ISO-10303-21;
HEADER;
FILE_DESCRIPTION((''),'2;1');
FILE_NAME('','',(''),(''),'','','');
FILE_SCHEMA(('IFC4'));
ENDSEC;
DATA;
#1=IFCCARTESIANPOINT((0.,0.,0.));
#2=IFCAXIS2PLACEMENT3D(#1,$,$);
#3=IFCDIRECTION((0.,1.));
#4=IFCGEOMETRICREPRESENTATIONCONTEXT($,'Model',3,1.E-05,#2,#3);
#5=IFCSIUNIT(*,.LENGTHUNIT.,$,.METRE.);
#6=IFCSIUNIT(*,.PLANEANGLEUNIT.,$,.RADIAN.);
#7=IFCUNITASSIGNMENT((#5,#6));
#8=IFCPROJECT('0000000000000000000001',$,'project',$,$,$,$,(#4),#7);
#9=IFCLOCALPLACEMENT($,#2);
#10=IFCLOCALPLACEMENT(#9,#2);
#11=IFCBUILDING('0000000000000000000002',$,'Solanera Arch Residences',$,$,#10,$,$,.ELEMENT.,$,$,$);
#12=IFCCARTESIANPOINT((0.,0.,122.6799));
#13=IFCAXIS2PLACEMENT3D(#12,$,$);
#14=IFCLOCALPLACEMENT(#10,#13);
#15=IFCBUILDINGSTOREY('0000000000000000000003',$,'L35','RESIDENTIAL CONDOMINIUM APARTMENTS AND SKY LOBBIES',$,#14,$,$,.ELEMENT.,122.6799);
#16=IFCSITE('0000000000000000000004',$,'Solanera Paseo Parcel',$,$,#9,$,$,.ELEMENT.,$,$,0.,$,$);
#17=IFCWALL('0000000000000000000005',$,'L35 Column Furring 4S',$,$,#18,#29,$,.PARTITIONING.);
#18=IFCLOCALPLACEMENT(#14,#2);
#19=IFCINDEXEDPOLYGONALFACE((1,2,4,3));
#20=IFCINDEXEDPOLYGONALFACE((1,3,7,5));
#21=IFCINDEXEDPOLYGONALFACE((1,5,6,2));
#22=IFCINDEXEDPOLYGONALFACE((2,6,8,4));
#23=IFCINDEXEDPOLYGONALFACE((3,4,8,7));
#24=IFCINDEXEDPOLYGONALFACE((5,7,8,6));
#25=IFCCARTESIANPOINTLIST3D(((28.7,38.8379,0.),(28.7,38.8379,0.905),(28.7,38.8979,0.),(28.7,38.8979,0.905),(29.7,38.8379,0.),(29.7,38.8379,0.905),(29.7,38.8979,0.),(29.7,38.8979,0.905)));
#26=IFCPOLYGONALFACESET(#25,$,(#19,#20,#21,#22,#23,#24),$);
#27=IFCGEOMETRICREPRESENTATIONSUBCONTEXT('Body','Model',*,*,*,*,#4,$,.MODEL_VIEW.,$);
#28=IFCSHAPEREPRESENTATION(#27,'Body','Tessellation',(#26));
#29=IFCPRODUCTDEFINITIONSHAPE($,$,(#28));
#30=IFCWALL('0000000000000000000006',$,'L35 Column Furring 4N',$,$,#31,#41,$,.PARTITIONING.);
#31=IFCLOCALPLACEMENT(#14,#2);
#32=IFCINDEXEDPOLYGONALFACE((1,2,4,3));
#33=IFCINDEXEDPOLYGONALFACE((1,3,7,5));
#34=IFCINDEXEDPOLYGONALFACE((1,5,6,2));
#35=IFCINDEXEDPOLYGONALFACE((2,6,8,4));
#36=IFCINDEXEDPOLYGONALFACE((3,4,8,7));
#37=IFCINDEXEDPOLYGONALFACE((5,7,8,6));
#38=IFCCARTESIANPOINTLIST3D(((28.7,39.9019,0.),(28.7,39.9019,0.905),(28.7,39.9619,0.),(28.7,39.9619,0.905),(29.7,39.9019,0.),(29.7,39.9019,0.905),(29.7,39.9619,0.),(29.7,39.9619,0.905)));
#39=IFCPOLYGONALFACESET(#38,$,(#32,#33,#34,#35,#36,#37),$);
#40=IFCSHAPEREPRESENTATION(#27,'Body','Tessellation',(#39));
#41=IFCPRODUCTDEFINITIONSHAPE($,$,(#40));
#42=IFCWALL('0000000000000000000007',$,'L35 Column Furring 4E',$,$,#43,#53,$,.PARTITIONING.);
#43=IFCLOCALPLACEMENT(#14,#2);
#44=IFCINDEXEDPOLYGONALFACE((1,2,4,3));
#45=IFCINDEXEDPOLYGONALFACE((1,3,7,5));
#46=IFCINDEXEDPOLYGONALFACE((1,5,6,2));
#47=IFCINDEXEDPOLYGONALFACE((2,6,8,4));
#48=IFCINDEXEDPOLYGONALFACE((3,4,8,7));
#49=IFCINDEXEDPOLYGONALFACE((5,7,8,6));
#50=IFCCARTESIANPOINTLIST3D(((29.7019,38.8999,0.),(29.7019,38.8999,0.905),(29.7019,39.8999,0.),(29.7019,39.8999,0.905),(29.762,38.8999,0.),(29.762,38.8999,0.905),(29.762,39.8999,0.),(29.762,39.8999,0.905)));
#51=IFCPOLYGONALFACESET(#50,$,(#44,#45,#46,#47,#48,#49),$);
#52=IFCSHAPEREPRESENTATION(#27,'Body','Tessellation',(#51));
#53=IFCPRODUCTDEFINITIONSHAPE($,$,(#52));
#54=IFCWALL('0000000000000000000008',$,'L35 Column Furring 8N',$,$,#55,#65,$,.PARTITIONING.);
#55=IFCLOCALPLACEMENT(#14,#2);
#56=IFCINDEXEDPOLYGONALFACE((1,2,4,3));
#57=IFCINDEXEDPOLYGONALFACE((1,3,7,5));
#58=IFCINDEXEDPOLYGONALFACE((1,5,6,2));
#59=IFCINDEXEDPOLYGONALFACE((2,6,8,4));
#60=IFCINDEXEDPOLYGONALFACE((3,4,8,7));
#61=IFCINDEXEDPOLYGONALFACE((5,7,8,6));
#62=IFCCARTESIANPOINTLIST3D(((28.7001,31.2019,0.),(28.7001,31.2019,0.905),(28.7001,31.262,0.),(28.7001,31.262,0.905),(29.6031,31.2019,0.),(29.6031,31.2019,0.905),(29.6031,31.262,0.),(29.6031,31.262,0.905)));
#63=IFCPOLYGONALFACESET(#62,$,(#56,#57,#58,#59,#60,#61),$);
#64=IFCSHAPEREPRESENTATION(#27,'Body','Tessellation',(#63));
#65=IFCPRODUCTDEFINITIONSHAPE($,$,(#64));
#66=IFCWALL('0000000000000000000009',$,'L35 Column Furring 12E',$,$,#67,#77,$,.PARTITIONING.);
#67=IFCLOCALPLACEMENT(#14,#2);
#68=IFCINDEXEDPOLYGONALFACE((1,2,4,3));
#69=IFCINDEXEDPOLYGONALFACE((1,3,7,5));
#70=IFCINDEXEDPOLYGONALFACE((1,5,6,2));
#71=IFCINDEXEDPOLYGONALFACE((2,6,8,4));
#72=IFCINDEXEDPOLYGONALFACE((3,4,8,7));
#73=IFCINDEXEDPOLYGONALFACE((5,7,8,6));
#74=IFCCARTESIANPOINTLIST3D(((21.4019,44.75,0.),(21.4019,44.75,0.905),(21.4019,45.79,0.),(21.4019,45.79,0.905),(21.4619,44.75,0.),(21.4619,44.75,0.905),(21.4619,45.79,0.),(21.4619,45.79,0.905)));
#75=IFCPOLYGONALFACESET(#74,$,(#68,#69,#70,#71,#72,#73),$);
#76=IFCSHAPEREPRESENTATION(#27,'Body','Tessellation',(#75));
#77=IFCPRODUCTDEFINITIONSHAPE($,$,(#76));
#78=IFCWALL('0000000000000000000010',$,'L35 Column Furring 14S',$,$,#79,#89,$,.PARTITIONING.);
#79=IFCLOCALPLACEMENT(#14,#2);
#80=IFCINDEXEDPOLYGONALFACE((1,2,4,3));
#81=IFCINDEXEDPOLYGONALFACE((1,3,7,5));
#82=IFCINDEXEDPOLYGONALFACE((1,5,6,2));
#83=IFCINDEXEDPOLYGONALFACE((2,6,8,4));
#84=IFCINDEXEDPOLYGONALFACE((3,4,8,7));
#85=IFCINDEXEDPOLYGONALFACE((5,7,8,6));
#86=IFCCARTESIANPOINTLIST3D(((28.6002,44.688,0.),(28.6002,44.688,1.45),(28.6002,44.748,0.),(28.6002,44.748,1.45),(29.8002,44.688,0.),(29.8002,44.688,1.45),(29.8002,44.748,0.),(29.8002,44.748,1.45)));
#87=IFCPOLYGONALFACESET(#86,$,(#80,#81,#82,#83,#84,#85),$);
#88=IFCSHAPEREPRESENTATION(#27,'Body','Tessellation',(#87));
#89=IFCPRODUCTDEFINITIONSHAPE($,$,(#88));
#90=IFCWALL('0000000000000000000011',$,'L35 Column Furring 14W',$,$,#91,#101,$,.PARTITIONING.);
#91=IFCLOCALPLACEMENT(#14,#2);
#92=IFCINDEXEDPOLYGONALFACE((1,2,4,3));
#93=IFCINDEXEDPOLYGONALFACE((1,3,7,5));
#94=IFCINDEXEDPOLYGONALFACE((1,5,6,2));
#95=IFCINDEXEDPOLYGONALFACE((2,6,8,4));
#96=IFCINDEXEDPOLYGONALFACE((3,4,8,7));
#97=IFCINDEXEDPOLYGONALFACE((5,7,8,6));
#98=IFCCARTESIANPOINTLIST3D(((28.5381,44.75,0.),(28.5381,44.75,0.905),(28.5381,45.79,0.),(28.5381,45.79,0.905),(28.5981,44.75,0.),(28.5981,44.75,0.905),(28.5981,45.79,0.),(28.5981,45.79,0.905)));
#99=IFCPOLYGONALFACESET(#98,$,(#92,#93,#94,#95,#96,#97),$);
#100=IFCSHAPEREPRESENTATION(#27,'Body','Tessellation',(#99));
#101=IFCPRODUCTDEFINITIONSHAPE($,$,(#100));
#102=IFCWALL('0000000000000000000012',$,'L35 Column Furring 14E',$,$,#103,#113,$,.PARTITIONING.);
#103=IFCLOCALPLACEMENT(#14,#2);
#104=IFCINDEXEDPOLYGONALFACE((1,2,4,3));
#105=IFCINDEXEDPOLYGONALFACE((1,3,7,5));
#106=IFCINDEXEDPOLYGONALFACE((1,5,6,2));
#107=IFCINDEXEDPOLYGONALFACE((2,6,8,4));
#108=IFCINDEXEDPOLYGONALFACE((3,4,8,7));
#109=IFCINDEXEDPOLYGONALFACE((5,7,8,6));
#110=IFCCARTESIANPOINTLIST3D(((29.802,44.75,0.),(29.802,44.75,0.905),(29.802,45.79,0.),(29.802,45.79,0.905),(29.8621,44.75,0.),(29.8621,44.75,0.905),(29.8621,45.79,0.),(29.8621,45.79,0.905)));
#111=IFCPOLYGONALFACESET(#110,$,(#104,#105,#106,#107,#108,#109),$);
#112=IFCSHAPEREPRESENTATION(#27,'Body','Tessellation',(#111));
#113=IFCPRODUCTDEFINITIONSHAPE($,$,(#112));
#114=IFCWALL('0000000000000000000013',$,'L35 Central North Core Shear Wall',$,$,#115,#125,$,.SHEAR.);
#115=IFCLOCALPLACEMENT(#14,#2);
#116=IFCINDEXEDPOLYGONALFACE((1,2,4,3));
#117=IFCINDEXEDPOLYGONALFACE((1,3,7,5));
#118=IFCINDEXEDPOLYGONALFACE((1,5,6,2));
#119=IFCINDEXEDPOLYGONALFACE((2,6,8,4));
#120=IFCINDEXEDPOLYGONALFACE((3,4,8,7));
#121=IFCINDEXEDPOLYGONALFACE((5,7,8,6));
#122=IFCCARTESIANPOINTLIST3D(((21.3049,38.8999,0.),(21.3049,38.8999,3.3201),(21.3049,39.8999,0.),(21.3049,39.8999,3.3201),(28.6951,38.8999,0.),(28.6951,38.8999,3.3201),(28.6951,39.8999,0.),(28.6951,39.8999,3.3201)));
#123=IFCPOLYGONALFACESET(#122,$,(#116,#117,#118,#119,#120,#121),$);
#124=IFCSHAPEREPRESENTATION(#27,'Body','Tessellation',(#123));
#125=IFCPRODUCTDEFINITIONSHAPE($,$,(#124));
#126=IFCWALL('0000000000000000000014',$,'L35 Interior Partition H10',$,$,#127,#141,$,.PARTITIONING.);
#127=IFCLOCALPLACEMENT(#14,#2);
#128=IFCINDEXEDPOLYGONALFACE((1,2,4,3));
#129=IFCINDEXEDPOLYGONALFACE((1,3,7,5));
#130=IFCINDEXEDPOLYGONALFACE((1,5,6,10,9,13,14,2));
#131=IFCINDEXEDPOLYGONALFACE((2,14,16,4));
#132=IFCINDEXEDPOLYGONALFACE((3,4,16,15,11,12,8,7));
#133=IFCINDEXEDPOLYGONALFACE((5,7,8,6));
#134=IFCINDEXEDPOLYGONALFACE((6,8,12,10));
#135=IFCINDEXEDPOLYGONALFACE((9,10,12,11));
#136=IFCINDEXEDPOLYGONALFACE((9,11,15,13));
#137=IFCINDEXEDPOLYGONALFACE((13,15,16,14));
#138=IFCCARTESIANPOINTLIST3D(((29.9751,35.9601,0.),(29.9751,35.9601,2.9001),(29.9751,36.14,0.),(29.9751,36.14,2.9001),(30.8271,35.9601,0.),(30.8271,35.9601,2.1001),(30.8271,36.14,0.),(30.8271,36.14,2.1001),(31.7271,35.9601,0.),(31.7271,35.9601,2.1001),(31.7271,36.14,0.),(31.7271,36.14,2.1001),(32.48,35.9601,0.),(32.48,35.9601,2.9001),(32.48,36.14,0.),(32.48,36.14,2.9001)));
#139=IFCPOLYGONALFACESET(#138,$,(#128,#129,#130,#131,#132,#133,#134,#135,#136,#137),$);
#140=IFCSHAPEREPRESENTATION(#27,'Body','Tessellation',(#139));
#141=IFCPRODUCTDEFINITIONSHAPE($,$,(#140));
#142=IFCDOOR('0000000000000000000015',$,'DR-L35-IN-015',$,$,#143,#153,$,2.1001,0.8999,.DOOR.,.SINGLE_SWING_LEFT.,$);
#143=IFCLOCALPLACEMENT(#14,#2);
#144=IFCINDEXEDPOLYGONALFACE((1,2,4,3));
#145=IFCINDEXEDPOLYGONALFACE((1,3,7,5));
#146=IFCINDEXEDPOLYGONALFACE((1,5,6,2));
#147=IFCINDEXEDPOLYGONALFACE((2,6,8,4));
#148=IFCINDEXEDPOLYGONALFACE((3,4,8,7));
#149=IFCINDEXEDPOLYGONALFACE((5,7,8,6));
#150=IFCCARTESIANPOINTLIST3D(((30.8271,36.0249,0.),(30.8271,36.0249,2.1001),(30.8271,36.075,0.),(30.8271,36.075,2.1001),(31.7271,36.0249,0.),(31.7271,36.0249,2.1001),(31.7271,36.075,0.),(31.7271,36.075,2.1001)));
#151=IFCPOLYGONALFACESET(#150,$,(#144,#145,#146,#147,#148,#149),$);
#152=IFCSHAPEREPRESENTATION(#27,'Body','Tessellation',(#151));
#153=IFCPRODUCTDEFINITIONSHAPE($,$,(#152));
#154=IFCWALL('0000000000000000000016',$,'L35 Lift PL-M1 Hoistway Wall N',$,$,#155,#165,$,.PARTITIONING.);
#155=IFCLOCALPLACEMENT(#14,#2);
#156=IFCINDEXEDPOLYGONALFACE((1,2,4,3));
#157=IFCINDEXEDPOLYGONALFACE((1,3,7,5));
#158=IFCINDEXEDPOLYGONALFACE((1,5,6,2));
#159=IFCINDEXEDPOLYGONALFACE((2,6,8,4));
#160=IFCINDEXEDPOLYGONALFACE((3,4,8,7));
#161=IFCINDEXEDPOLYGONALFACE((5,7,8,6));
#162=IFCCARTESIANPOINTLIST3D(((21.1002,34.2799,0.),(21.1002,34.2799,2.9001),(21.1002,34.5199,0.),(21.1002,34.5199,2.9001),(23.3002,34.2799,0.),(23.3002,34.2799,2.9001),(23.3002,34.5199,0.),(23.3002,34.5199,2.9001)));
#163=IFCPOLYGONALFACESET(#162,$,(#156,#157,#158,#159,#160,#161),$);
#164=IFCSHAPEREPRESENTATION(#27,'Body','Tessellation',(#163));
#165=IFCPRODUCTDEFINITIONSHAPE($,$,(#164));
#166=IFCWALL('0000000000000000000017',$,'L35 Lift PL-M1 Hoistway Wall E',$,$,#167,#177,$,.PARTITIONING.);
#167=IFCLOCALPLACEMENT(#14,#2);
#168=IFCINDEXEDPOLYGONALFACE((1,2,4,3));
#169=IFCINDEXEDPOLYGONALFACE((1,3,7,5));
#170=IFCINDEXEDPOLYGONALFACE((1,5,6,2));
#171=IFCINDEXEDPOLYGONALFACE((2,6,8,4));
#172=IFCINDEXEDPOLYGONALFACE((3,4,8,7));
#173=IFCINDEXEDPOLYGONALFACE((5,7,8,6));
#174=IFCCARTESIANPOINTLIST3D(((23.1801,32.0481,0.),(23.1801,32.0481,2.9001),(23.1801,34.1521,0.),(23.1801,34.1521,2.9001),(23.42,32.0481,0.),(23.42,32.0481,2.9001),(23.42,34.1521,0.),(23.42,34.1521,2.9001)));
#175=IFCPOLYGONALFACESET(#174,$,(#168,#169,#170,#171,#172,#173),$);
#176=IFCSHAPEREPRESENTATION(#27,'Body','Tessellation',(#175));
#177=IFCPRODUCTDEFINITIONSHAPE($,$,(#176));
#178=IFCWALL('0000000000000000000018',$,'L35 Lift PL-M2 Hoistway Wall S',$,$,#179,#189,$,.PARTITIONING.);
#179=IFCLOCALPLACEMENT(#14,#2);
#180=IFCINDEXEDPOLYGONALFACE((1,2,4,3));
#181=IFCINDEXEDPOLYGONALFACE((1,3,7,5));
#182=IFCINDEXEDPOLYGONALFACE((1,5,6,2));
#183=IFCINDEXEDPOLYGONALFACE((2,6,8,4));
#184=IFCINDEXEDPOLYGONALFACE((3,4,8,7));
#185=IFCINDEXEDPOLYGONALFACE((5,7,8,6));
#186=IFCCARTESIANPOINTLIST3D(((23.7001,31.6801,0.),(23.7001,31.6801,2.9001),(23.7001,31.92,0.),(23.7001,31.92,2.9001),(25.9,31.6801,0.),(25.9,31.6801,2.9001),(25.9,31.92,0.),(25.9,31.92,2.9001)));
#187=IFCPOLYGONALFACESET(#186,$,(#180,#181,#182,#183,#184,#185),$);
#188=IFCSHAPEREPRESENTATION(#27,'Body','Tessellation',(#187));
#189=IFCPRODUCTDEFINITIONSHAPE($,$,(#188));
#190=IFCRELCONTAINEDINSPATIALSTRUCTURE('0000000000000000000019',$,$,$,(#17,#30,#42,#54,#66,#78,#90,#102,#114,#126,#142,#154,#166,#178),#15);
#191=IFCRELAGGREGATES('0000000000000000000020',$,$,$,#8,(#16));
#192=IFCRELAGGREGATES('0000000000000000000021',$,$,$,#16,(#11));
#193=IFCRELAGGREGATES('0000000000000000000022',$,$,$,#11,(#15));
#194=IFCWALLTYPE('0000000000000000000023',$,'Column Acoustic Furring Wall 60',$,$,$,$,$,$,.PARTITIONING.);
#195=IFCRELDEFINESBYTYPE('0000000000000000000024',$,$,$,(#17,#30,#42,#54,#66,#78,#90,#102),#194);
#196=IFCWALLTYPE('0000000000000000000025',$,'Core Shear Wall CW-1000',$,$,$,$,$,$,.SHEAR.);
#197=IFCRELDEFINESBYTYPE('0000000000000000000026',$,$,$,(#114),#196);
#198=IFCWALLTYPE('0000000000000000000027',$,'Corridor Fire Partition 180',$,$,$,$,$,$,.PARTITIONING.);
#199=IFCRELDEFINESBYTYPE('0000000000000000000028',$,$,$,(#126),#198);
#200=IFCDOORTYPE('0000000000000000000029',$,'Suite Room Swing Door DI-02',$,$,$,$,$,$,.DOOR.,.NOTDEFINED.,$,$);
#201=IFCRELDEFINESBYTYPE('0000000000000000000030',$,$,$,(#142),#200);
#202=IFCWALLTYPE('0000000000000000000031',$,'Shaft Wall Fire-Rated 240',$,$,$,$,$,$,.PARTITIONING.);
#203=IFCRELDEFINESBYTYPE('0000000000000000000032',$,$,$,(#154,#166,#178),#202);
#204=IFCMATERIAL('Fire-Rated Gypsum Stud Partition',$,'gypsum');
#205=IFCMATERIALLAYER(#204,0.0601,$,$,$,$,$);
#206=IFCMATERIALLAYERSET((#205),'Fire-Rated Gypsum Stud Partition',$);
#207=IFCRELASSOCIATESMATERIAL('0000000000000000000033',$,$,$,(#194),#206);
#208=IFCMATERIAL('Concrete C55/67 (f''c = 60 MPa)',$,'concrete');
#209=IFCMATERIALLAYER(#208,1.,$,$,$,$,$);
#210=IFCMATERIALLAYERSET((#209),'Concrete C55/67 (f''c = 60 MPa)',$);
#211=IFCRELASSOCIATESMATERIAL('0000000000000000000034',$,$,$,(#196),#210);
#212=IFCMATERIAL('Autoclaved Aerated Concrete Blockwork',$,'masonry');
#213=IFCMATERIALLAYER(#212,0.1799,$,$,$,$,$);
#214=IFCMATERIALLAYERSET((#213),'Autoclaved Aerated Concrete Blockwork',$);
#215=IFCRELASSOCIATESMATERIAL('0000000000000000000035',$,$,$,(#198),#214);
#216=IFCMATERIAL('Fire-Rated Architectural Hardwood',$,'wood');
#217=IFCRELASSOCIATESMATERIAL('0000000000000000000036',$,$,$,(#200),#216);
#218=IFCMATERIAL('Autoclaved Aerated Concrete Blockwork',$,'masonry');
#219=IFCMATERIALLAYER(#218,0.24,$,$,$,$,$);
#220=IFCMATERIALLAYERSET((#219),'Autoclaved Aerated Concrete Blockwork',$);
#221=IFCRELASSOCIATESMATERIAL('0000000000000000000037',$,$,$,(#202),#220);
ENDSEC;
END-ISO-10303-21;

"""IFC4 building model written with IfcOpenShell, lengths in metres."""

from ifc_helpers import new_model, si_unit, direction, frame, frame_2d, origin, place, context, subcontext, project, spatial, rectangle, extrude, material, layer, layer_set, type_object, element, fill, save


model = new_model("IFC4")

# Units and contexts
model_context = context("Model", 3, precision=1e-05, world=origin(), true_north=direction((0.0, 1.0)))
body_context = subcontext(model_context, "Body", "Model", "MODEL_VIEW")
ifc_project = project(units=[si_unit("LENGTHUNIT", "METRE"), si_unit("PLANEANGLEUNIT", "RADIAN")], contexts=[model_context])

# Site, building, storey
site_placement = place(None, origin())
site = spatial("IfcSite", under=ifc_project, at=site_placement, Name="Solanera Paseo Parcel", CompositionType="ELEMENT", RefElevation=0.0)
building_placement = place(site_placement, origin())
building = spatial("IfcBuilding", under=site, at=building_placement, Name="Solanera Arch Residences", CompositionType="ELEMENT")
storey_placement = place(building_placement, frame((0.0, 0.0, 122.6799)))
storey = spatial("IfcBuildingStorey", under=building, at=storey_placement, Name="L35", Description="RESIDENTIAL CONDOMINIUM APARTMENTS AND SKY LOBBIES", CompositionType="ELEMENT", Elevation=122.6799)

# Walls
ifc_material_1 = material(Name="Fire-Rated Gypsum Stud Partition", Category="gypsum")
ifc_layer_1 = layer(ifc_material_1, 0.0601)
ifc_layer_set_1 = layer_set([ifc_layer_1], Name="Fire-Rated Gypsum Stud Partition")
wall_type_1 = type_object("IfcWallType", Name="Column Acoustic Furring Wall 60", PredefinedType="PARTITIONING", material=ifc_layer_set_1)
for number, where, z_axis, x_axis, name in (
    (1, (28.7, 38.8679, 0.0), (0.0, 0.0, 1.0), (1.0, 0.0, 0.0), "L35 Column Furring 4S"),
    (2, (28.7, 39.9319, 0.0), (0.0, 0.0, 1.0), (1.0, 0.0, 0.0), "L35 Column Furring 4N"),
    (3, (29.7319, 38.8999, 0.0), (0.0, 0.0, 1.0), (0.0, 1.0, 0.0), "L35 Column Furring 4E"),
):
    element("IfcWall", number, at=place(storey_placement, frame(where, z_axis=z_axis, x_axis=x_axis)), inside=storey, type_object=wall_type_1, Name=name, PredefinedType="PARTITIONING", context=body_context, shape_type="SweptSolid", body=[
        extrude(rectangle(XDim=1.0, YDim=0.0601, at=frame_2d((0.5, 0.0))), origin(), (0.0, 0.0, 1.0), 0.905),
    ])
wall_1_placement = place(storey_placement, frame((28.7, 31.2319, 0.0), z_axis=(0.0, 0.0, 1.0), x_axis=(1.0, 0.0, 0.0)))
element("IfcWall", 4, at=wall_1_placement, inside=storey, type_object=wall_type_1, Name="L35 Column Furring 8N", PredefinedType="PARTITIONING", context=body_context, shape_type="SweptSolid", body=[
    extrude(rectangle(XDim=0.9031, YDim=0.0601, at=frame_2d((0.4517, 0.0))), origin(), (0.0, 0.0, 1.0), 0.905),
])
wall_2_placement = place(storey_placement, frame((21.4319, 44.75, 0.0), z_axis=(0.0, 0.0, 1.0), x_axis=(0.0, 1.0, 0.0)))
element("IfcWall", 5, at=wall_2_placement, inside=storey, type_object=wall_type_1, Name="L35 Column Furring 12E", PredefinedType="PARTITIONING", context=body_context, shape_type="SweptSolid", body=[
    extrude(rectangle(XDim=1.04, YDim=0.0601, at=frame_2d((0.52, 0.0))), origin(), (0.0, 0.0, 1.0), 0.905),
])
wall_3_placement = place(storey_placement, frame((28.6001, 44.718, 0.0), z_axis=(0.0, 0.0, 1.0), x_axis=(1.0, 0.0, 0.0)))
element("IfcWall", 6, at=wall_3_placement, inside=storey, type_object=wall_type_1, Name="L35 Column Furring 14S", PredefinedType="PARTITIONING", context=body_context, shape_type="SweptSolid", body=[
    extrude(rectangle(XDim=1.2, YDim=0.0601, at=frame_2d((0.6001, 0.0))), origin(), (0.0, 0.0, 1.0), 1.45),
])
for number, where, z_axis, x_axis, name in (
    (7, (28.5681, 44.75, 0.0), (0.0, 0.0, 1.0), (0.0, 1.0, 0.0), "L35 Column Furring 14W"),
    (8, (29.832, 44.75, 0.0), (0.0, 0.0, 1.0), (0.0, 1.0, 0.0), "L35 Column Furring 14E"),
):
    element("IfcWall", number, at=place(storey_placement, frame(where, z_axis=z_axis, x_axis=x_axis)), inside=storey, type_object=wall_type_1, Name=name, PredefinedType="PARTITIONING", context=body_context, shape_type="SweptSolid", body=[
        extrude(rectangle(XDim=1.04, YDim=0.0601, at=frame_2d((0.52, 0.0))), origin(), (0.0, 0.0, 1.0), 0.905),
    ])
ifc_material_2 = material(Name="Concrete C55/67 (f'c = 60 MPa)", Category="concrete")
ifc_layer_2 = layer(ifc_material_2, 1.0)
ifc_layer_set_2 = layer_set([ifc_layer_2], Name="Concrete C55/67 (f'c = 60 MPa)")
wall_type_2 = type_object("IfcWallType", Name="Core Shear Wall CW-1000", PredefinedType="SHEAR", material=ifc_layer_set_2)
wall_4_placement = place(storey_placement, frame((21.3049, 39.3999, 0.0), z_axis=(0.0, 0.0, 1.0), x_axis=(1.0, 0.0, 0.0)))
element("IfcWall", 9, at=wall_4_placement, inside=storey, type_object=wall_type_2, Name="L35 Central North Core Shear Wall", PredefinedType="SHEAR", context=body_context, shape_type="SweptSolid", body=[
    extrude(rectangle(XDim=7.3901, YDim=1.0, at=frame_2d((3.6951, 0.0))), origin(), (0.0, 0.0, 1.0), 3.3201),
])

# Wall, opening, door
ifc_material_3 = material(Name="Autoclaved Aerated Concrete Blockwork", Category="masonry")
ifc_layer_3 = layer(ifc_material_3, 0.1799)
ifc_layer_set_3 = layer_set([ifc_layer_3], Name="Autoclaved Aerated Concrete Blockwork")
wall_type_3 = type_object("IfcWallType", Name="Corridor Fire Partition 180", PredefinedType="PARTITIONING", material=ifc_layer_set_3)
wall_5_placement = place(storey_placement, frame((29.9751, 36.05, 0.0), z_axis=(0.0, 0.0, 1.0), x_axis=(1.0, 0.0, 0.0)))
wall_5 = element("IfcWall", 10, at=wall_5_placement, inside=storey, type_object=wall_type_3, Name="L35 Interior Partition H10", PredefinedType="PARTITIONING", context=body_context, shape_type="SweptSolid", body=[
    extrude(rectangle(XDim=2.5049, YDim=0.1799, at=frame_2d((1.2524, 0.0))), origin(), (0.0, 0.0, 1.0), 2.9001),
])
opening_1_placement = place(wall_5_placement, frame((0.8521, 0.0, 0.0)))
opening_1 = element("IfcOpeningElement", 11, at=opening_1_placement, cuts=wall_5, PredefinedType="OPENING", context=body_context, shape_type="SweptSolid", body=[
    extrude(rectangle(XDim=0.8999, YDim=2.1001, at=frame_2d((0.45, 1.05))), frame((0.0, 0.1001, 0.0), z_axis=(0.0, -1.0, 0.0), x_axis=(1.0, 0.0, 0.0)), (0.0, 0.0, 1.0), 0.1999),
])
ifc_material_4 = material(Name="Fire-Rated Architectural Hardwood", Category="wood")
door_type_1 = type_object("IfcDoorType", Name="Suite Room Swing Door DI-02", OperationType="NOTDEFINED", PredefinedType="DOOR", material=ifc_material_4)
door_1_placement = place(opening_1_placement, origin())
door_1 = element("IfcDoor", 12, at=door_1_placement, inside=storey, type_object=door_type_1, Name="DR-L35-IN-015", OperationType="SINGLE_SWING_LEFT", OverallHeight=2.1001, OverallWidth=0.8999, PredefinedType="DOOR", context=body_context, shape_type="SweptSolid", body=[
    extrude(rectangle(XDim=0.8999, YDim=2.1001, at=frame_2d((0.45, 1.05))), frame((0.0, 0.0249, 0.0), z_axis=(0.0, -1.0, 0.0), x_axis=(1.0, 0.0, 0.0)), (0.0, 0.0, 1.0), 0.05),
])
fill(opening_1, door_1)

# Walls
ifc_material_5 = material(Name="Autoclaved Aerated Concrete Blockwork", Category="masonry")
ifc_layer_4 = layer(ifc_material_5, 0.24)
ifc_layer_set_4 = layer_set([ifc_layer_4], Name="Autoclaved Aerated Concrete Blockwork")
wall_type_4 = type_object("IfcWallType", Name="Shaft Wall Fire-Rated 240", PredefinedType="PARTITIONING", material=ifc_layer_set_4)
wall_6_placement = place(storey_placement, frame((21.1001, 34.3999, 0.0), z_axis=(0.0, 0.0, 1.0), x_axis=(1.0, 0.0, 0.0)))
element("IfcWall", 13, at=wall_6_placement, inside=storey, type_object=wall_type_4, Name="L35 Lift PL-M1 Hoistway Wall N", PredefinedType="PARTITIONING", context=body_context, shape_type="SweptSolid", body=[
    extrude(rectangle(XDim=2.2, YDim=0.24, at=frame_2d((1.1001, 0.0))), origin(), (0.0, 0.0, 1.0), 2.9001),
])
wall_7_placement = place(storey_placement, frame((23.3, 32.0481, 0.0), z_axis=(0.0, 0.0, 1.0), x_axis=(0.0, 1.0, 0.0)))
element("IfcWall", 14, at=wall_7_placement, inside=storey, type_object=wall_type_4, Name="L35 Lift PL-M1 Hoistway Wall E", PredefinedType="PARTITIONING", context=body_context, shape_type="SweptSolid", body=[
    extrude(rectangle(XDim=2.104, YDim=0.24, at=frame_2d((1.052, 0.0))), origin(), (0.0, 0.0, 1.0), 2.9001),
])
for number, where, z_axis, x_axis, name in (
    (15, (23.7, 31.8, 0.0), (0.0, 0.0, 1.0), (1.0, 0.0, 0.0), "L35 Lift PL-M2 Hoistway Wall S"),
):
    element("IfcWall", number, at=place(storey_placement, frame(where, z_axis=z_axis, x_axis=x_axis)), inside=storey, type_object=wall_type_4, Name=name, PredefinedType="PARTITIONING", context=body_context, shape_type="SweptSolid", body=[
        extrude(rectangle(XDim=2.2, YDim=0.24, at=frame_2d((1.1001, 0.0))), origin(), (0.0, 0.0, 1.0), 2.9001),
    ])

save(model, "model.ifc")
